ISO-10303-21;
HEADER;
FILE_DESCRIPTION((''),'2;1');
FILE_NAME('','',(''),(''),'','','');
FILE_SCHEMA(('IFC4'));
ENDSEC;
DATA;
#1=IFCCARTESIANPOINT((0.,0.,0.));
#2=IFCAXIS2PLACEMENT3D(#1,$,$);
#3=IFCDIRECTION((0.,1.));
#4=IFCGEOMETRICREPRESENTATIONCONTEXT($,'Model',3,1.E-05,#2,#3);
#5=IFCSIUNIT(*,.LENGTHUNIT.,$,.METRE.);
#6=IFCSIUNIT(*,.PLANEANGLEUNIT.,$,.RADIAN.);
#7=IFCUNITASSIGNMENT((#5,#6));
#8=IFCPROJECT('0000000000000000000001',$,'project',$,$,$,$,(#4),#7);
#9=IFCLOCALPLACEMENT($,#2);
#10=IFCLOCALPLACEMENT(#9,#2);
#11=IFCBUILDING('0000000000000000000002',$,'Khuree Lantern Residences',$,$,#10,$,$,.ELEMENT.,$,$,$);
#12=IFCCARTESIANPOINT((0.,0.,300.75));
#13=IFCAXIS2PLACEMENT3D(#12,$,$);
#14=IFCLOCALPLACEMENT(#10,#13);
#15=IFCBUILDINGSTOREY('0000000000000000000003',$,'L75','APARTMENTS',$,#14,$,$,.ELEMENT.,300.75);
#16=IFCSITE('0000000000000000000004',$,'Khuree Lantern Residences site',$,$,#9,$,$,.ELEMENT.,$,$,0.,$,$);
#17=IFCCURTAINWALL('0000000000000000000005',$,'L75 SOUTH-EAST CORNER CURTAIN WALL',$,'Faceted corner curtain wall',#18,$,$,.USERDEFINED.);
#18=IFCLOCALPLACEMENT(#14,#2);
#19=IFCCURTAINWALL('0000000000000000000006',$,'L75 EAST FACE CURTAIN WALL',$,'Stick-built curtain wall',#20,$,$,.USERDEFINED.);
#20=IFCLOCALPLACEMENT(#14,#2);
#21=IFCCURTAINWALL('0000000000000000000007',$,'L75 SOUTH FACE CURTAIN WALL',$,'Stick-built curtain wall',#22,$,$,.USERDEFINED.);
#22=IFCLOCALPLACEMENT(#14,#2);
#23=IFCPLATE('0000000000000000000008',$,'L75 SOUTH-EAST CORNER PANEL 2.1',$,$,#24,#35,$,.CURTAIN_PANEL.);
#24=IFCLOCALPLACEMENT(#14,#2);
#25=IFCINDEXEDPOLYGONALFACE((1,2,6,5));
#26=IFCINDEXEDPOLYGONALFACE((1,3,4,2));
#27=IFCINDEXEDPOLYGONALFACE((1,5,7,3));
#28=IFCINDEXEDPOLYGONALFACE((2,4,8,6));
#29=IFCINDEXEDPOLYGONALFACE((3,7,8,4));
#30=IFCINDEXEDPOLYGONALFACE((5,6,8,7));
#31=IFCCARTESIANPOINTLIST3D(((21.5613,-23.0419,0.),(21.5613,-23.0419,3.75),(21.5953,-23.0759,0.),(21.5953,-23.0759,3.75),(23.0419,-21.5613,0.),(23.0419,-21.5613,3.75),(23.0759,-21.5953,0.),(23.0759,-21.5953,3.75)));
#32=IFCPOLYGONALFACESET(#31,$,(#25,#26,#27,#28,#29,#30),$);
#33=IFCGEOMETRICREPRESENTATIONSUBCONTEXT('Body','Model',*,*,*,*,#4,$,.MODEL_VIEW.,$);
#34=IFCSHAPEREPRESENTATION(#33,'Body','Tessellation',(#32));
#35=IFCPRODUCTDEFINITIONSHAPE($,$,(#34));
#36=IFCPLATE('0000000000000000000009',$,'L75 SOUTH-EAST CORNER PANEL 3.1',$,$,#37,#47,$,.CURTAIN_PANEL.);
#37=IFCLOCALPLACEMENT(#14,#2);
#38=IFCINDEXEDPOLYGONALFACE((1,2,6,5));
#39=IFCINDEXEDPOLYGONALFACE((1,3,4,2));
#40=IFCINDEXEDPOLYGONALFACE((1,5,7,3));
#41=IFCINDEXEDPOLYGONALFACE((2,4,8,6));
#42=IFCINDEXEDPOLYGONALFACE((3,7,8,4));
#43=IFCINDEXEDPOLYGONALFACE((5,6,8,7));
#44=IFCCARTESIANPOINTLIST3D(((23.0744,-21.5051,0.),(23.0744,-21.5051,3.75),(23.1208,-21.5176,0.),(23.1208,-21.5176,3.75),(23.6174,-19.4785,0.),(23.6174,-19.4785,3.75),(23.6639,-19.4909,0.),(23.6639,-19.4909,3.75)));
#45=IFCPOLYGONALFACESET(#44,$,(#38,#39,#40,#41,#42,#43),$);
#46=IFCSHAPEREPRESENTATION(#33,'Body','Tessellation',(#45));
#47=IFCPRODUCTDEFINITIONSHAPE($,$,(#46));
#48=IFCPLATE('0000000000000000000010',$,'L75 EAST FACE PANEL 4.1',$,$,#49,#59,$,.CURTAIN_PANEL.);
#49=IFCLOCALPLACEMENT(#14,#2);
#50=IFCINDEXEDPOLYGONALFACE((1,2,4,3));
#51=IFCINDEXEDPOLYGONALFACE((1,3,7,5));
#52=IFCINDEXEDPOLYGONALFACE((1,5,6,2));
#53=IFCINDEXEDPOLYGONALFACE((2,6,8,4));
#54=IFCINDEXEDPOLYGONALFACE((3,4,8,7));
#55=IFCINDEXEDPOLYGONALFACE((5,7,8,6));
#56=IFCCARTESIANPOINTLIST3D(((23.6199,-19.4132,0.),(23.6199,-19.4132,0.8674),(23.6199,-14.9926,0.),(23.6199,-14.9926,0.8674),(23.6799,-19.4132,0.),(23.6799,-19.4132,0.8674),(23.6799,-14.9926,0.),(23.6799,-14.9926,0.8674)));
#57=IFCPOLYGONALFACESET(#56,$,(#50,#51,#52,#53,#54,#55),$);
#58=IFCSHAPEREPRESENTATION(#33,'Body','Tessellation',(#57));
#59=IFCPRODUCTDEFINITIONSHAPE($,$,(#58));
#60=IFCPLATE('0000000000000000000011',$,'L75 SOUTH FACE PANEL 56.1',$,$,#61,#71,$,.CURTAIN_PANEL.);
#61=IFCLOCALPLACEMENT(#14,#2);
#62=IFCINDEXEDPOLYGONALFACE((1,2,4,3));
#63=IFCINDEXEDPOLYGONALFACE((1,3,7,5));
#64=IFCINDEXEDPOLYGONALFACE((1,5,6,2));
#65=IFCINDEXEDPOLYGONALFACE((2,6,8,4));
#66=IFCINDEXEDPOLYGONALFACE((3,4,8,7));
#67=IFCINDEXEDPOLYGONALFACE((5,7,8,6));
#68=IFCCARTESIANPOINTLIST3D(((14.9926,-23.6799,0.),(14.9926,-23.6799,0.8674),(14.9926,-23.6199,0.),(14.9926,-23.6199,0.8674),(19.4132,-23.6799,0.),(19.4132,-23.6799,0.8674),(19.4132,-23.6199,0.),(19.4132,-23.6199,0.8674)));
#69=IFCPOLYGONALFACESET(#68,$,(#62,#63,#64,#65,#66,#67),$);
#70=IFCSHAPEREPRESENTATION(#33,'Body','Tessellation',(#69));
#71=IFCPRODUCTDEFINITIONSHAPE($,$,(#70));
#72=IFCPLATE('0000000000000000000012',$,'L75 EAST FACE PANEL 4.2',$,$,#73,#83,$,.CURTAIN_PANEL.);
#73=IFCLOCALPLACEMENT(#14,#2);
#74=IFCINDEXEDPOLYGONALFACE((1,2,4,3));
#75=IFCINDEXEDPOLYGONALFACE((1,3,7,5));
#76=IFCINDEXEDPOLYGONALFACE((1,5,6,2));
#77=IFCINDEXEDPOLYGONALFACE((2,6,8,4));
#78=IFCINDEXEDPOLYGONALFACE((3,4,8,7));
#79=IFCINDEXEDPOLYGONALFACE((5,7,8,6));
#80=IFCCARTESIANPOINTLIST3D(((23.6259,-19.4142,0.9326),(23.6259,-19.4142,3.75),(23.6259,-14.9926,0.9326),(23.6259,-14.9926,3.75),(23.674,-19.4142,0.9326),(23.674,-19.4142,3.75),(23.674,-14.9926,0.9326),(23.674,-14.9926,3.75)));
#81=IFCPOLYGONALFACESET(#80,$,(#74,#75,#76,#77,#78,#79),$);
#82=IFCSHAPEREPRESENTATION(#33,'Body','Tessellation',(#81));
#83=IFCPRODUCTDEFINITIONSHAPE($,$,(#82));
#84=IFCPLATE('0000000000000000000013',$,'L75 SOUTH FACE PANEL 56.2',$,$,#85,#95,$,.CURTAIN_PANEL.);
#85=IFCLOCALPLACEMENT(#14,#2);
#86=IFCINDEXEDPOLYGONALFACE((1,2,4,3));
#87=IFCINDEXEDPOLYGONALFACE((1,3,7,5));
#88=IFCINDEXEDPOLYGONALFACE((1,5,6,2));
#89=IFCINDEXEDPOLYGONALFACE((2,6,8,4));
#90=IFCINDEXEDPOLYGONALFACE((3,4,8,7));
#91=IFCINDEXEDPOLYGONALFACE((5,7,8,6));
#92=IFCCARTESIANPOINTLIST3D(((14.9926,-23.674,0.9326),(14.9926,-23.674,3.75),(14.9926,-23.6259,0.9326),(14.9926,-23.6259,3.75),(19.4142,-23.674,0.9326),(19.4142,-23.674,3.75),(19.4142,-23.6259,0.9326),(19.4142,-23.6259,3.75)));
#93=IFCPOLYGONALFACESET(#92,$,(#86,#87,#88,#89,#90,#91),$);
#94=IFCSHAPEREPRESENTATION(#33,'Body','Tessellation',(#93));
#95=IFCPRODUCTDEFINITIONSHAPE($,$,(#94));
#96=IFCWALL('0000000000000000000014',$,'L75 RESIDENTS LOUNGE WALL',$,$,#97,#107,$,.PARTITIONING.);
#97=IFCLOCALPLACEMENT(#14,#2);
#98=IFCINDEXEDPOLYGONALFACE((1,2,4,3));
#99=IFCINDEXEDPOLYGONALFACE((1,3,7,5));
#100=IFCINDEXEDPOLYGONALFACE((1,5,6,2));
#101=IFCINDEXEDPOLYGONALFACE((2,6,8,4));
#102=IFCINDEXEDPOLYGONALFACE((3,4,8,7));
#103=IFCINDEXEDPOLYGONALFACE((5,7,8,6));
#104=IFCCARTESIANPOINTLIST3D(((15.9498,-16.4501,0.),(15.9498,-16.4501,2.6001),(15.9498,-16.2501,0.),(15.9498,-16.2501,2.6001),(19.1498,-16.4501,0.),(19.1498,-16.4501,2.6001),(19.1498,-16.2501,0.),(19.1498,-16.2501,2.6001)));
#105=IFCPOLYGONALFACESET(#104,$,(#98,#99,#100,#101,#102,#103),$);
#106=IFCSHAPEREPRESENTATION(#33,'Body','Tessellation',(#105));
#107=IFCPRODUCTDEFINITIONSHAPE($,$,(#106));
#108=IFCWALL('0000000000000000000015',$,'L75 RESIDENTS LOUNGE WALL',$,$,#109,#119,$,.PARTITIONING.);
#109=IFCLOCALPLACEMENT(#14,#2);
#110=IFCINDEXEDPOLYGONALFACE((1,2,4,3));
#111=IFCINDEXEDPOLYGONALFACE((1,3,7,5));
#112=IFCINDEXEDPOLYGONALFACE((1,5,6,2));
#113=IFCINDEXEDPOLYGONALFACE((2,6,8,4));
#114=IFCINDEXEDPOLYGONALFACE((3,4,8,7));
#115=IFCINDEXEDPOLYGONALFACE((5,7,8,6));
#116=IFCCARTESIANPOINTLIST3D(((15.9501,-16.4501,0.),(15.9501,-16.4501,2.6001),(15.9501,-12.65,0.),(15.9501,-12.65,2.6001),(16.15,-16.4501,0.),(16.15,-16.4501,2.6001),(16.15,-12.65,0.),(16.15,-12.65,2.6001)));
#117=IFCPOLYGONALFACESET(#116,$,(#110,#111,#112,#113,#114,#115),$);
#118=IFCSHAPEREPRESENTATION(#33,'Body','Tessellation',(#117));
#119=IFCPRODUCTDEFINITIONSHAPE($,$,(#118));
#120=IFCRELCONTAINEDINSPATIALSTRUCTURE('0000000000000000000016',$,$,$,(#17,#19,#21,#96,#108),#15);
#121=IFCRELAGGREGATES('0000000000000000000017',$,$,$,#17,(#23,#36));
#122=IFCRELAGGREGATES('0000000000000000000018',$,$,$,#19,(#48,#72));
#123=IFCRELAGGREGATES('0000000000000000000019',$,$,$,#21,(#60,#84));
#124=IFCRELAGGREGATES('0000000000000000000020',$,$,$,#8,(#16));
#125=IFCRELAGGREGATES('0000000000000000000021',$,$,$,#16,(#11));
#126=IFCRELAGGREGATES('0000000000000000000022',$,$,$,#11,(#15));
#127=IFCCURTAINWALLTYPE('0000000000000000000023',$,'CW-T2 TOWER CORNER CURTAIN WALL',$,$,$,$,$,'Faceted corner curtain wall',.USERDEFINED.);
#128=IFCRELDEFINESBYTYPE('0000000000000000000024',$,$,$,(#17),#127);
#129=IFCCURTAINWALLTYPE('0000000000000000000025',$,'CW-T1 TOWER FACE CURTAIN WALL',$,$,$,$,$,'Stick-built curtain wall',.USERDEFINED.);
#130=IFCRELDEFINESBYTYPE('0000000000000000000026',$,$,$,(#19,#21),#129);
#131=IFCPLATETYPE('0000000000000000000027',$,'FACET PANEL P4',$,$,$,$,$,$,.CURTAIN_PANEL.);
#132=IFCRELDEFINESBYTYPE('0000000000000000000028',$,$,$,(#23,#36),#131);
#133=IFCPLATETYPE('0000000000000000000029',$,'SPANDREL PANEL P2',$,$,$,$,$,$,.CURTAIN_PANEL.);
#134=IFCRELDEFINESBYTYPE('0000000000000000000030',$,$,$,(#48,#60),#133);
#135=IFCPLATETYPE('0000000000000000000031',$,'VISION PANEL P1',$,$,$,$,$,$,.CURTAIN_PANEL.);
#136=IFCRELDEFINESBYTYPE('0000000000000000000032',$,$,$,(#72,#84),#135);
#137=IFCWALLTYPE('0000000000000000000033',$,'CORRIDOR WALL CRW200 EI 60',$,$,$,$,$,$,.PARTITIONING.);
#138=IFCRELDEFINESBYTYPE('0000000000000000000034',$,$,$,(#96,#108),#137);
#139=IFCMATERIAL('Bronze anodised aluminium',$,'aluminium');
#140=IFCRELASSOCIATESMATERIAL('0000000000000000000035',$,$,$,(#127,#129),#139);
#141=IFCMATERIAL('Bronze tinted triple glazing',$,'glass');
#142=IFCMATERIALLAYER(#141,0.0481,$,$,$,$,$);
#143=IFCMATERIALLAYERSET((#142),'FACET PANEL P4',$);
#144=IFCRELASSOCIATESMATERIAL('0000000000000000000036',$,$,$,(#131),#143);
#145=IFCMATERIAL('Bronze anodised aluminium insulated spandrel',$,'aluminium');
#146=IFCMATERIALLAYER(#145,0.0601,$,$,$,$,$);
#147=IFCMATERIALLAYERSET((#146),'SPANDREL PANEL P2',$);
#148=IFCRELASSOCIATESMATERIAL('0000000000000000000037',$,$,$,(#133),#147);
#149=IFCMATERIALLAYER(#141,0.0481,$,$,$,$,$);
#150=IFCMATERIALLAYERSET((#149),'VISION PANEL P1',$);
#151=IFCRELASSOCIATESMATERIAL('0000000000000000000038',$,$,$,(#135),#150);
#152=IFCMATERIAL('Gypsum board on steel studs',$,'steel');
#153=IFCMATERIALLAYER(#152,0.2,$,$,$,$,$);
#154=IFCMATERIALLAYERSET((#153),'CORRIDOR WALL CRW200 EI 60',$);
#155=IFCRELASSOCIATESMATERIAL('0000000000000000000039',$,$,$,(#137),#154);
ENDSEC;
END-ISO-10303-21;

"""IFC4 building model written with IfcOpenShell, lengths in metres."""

from ifc_helpers import new_model, si_unit, direction, frame, frame_2d, origin, origin_2d, place, context, subcontext, project, spatial, rectangle, extrude, material, layer, layer_set, type_object, element, aggregate, save


model = new_model("IFC4")

# Units and contexts
model_context = context("Model", 3, precision=1e-05, world=origin(), true_north=direction((0.0, 1.0)))
body_context = subcontext(model_context, "Body", "Model", "MODEL_VIEW")
ifc_project = project(units=[si_unit("LENGTHUNIT", "METRE"), si_unit("PLANEANGLEUNIT", "RADIAN")], contexts=[model_context])

# Site, building, storey
site_placement = place(None, origin())
site = spatial("IfcSite", under=ifc_project, at=site_placement, Name="Khuree Lantern Residences site", CompositionType="ELEMENT", RefElevation=0.0)
building_placement = place(site_placement, origin())
building = spatial("IfcBuilding", under=site, at=building_placement, Name="Khuree Lantern Residences", CompositionType="ELEMENT")
storey_placement = place(building_placement, frame((0.0, 0.0, 300.75)))
storey = spatial("IfcBuildingStorey", under=building, at=storey_placement, Name="L75", Description="APARTMENTS", CompositionType="ELEMENT", Elevation=300.75)

# Curtain walls
ifc_material_1 = material(Name="Bronze anodised aluminium", Category="aluminium")
curtain_wall_type_1 = type_object("IfcCurtainWallType", Name="CW-T2 TOWER CORNER CURTAIN WALL", ElementType="Faceted corner curtain wall", PredefinedType="USERDEFINED", material=ifc_material_1)
curtain_wall_1_placement = place(storey_placement, origin())
curtain_wall_1 = element("IfcCurtainWall", 1, at=curtain_wall_1_placement, inside=storey, type_object=curtain_wall_type_1, Name="L75 SOUTH-EAST CORNER CURTAIN WALL", ObjectType="Faceted corner curtain wall", PredefinedType="USERDEFINED")
curtain_wall_type_2 = type_object("IfcCurtainWallType", Name="CW-T1 TOWER FACE CURTAIN WALL", ElementType="Stick-built curtain wall", PredefinedType="USERDEFINED", material=ifc_material_1)
curtain_wall_2_placement = place(storey_placement, origin())
curtain_wall_2 = element("IfcCurtainWall", 2, at=curtain_wall_2_placement, inside=storey, type_object=curtain_wall_type_2, Name="L75 EAST FACE CURTAIN WALL", ObjectType="Stick-built curtain wall", PredefinedType="USERDEFINED")

# Curtain wall
curtain_wall_3_placement = place(storey_placement, origin())
curtain_wall_3 = element("IfcCurtainWall", 3, at=curtain_wall_3_placement, inside=storey, type_object=curtain_wall_type_2, Name="L75 SOUTH FACE CURTAIN WALL", ObjectType="Stick-built curtain wall", PredefinedType="USERDEFINED")

# Plates
ifc_material_2 = material(Name="Bronze tinted triple glazing", Category="glass")
ifc_layer_1 = layer(ifc_material_2, 0.0481)
ifc_layer_set_1 = layer_set([ifc_layer_1], Name="FACET PANEL P4")
plate_type_1 = type_object("IfcPlateType", Name="FACET PANEL P4", PredefinedType="CURTAIN_PANEL", material=ifc_layer_set_1)
plate_1_placement = place(storey_placement, frame((22.3186, -22.3186, 0.0), z_axis=(0.0, 0.0, 1.0), x_axis=(0.707107, 0.707107, 0.0)))
plate_1 = element("IfcPlate", 4, at=plate_1_placement, type_object=plate_type_1, Name="L75 SOUTH-EAST CORNER PANEL 2.1", PredefinedType="CURTAIN_PANEL", context=body_context, shape_type="SweptSolid", body=[
    extrude(rectangle(XDim=2.094, YDim=0.0481, at=origin_2d()), origin(), (0.0, 0.0, 1.0), 3.75),
])
plate_2_placement = place(storey_placement, frame((23.3691, -20.498, 0.0), z_axis=(0.0, 0.0, 1.0), x_axis=(0.258819, 0.965926, 0.0)))
plate_2 = element("IfcPlate", 5, at=plate_2_placement, type_object=plate_type_1, Name="L75 SOUTH-EAST CORNER PANEL 3.1", PredefinedType="CURTAIN_PANEL", context=body_context, shape_type="SweptSolid", body=[
    extrude(rectangle(XDim=2.0981, YDim=0.0481, at=origin_2d()), origin(), (0.0, 0.0, 1.0), 3.75),
])
aggregate(curtain_wall_1, [plate_1, plate_2])
ifc_material_3 = material(Name="Bronze anodised aluminium insulated spandrel", Category="aluminium")
ifc_layer_2 = layer(ifc_material_3, 0.0601)
ifc_layer_set_2 = layer_set([ifc_layer_2], Name="SPANDREL PANEL P2")
plate_type_2 = type_object("IfcPlateType", Name="SPANDREL PANEL P2", PredefinedType="CURTAIN_PANEL", material=ifc_layer_set_2)
plate_3_placement = place(storey_placement, frame((23.6499, -17.2029, 0.0), z_axis=(0.0, 0.0, 1.0), x_axis=(0.0, 1.0, 0.0)))
plate_3 = element("IfcPlate", 6, at=plate_3_placement, type_object=plate_type_2, Name="L75 EAST FACE PANEL 4.1", PredefinedType="CURTAIN_PANEL", context=body_context, shape_type="SweptSolid", body=[
    extrude(rectangle(XDim=4.4207, YDim=0.0601, at=origin_2d()), origin(), (0.0, 0.0, 1.0), 0.8674),
])
plate_4_placement = place(storey_placement, frame((17.2029, -23.6499, 0.0), z_axis=(0.0, 0.0, 1.0), x_axis=(1.0, 0.0, 0.0)))
plate_4 = element("IfcPlate", 7, at=plate_4_placement, type_object=plate_type_2, Name="L75 SOUTH FACE PANEL 56.1", PredefinedType="CURTAIN_PANEL", context=body_context, shape_type="SweptSolid", body=[
    extrude(rectangle(XDim=4.4207, YDim=0.0601, at=origin_2d()), origin(), (0.0, 0.0, 1.0), 0.8674),
])
ifc_layer_3 = layer(ifc_material_2, 0.0481)
ifc_layer_set_3 = layer_set([ifc_layer_3], Name="VISION PANEL P1")
plate_type_3 = type_object("IfcPlateType", Name="VISION PANEL P1", PredefinedType="CURTAIN_PANEL", material=ifc_layer_set_3)
plate_5_placement = place(storey_placement, frame((23.6499, -17.2034, 0.9326), z_axis=(0.0, 0.0, 1.0), x_axis=(0.0, 1.0, 0.0)))
plate_5 = element("IfcPlate", 8, at=plate_5_placement, type_object=plate_type_3, Name="L75 EAST FACE PANEL 4.2", PredefinedType="CURTAIN_PANEL", context=body_context, shape_type="SweptSolid", body=[
    extrude(rectangle(XDim=4.4216, YDim=0.0481, at=origin_2d()), origin(), (0.0, 0.0, 1.0), 2.8174),
])
aggregate(curtain_wall_2, [plate_3, plate_5])
plate_6_placement = place(storey_placement, frame((17.2034, -23.6499, 0.9326), z_axis=(0.0, 0.0, 1.0), x_axis=(1.0, 0.0, 0.0)))
plate_6 = element("IfcPlate", 9, at=plate_6_placement, type_object=plate_type_3, Name="L75 SOUTH FACE PANEL 56.2", PredefinedType="CURTAIN_PANEL", context=body_context, shape_type="SweptSolid", body=[
    extrude(rectangle(XDim=4.4216, YDim=0.0481, at=origin_2d()), origin(), (0.0, 0.0, 1.0), 2.8174),
])
aggregate(curtain_wall_3, [plate_4, plate_6])

# Walls
ifc_material_4 = material(Name="Gypsum board on steel studs", Category="steel")
ifc_layer_4 = layer(ifc_material_4, 0.2)
ifc_layer_set_4 = layer_set([ifc_layer_4], Name="CORRIDOR WALL CRW200 EI 60")
wall_type = type_object("IfcWallType", Name="CORRIDOR WALL CRW200 EI 60", PredefinedType="PARTITIONING", material=ifc_layer_set_4)
wall_1_placement = place(storey_placement, frame((19.1499, -16.3501, 0.0), z_axis=(0.0, 0.0, 1.0), x_axis=(-1.0, 0.0, 0.0)))
element("IfcWall", 10, at=wall_1_placement, inside=storey, type_object=wall_type, Name="L75 RESIDENTS LOUNGE WALL", PredefinedType="PARTITIONING", context=body_context, shape_type="SweptSolid", body=[
    extrude(rectangle(XDim=3.2, YDim=0.2, at=frame_2d((1.6001, 0.0))), origin(), (0.0, 0.0, 1.0), 2.6001),
])
wall_2_placement = place(storey_placement, frame((16.05, -16.45, 0.0), z_axis=(0.0, 0.0, 1.0), x_axis=(0.0, 1.0, 0.0)))
element("IfcWall", 11, at=wall_2_placement, inside=storey, type_object=wall_type, Name="L75 RESIDENTS LOUNGE WALL", PredefinedType="PARTITIONING", context=body_context, shape_type="SweptSolid", body=[
    extrude(rectangle(XDim=3.8, YDim=0.2, at=frame_2d((1.8999, 0.0))), origin(), (0.0, 0.0, 1.0), 2.6001),
])

save(model, "model.ifc")
